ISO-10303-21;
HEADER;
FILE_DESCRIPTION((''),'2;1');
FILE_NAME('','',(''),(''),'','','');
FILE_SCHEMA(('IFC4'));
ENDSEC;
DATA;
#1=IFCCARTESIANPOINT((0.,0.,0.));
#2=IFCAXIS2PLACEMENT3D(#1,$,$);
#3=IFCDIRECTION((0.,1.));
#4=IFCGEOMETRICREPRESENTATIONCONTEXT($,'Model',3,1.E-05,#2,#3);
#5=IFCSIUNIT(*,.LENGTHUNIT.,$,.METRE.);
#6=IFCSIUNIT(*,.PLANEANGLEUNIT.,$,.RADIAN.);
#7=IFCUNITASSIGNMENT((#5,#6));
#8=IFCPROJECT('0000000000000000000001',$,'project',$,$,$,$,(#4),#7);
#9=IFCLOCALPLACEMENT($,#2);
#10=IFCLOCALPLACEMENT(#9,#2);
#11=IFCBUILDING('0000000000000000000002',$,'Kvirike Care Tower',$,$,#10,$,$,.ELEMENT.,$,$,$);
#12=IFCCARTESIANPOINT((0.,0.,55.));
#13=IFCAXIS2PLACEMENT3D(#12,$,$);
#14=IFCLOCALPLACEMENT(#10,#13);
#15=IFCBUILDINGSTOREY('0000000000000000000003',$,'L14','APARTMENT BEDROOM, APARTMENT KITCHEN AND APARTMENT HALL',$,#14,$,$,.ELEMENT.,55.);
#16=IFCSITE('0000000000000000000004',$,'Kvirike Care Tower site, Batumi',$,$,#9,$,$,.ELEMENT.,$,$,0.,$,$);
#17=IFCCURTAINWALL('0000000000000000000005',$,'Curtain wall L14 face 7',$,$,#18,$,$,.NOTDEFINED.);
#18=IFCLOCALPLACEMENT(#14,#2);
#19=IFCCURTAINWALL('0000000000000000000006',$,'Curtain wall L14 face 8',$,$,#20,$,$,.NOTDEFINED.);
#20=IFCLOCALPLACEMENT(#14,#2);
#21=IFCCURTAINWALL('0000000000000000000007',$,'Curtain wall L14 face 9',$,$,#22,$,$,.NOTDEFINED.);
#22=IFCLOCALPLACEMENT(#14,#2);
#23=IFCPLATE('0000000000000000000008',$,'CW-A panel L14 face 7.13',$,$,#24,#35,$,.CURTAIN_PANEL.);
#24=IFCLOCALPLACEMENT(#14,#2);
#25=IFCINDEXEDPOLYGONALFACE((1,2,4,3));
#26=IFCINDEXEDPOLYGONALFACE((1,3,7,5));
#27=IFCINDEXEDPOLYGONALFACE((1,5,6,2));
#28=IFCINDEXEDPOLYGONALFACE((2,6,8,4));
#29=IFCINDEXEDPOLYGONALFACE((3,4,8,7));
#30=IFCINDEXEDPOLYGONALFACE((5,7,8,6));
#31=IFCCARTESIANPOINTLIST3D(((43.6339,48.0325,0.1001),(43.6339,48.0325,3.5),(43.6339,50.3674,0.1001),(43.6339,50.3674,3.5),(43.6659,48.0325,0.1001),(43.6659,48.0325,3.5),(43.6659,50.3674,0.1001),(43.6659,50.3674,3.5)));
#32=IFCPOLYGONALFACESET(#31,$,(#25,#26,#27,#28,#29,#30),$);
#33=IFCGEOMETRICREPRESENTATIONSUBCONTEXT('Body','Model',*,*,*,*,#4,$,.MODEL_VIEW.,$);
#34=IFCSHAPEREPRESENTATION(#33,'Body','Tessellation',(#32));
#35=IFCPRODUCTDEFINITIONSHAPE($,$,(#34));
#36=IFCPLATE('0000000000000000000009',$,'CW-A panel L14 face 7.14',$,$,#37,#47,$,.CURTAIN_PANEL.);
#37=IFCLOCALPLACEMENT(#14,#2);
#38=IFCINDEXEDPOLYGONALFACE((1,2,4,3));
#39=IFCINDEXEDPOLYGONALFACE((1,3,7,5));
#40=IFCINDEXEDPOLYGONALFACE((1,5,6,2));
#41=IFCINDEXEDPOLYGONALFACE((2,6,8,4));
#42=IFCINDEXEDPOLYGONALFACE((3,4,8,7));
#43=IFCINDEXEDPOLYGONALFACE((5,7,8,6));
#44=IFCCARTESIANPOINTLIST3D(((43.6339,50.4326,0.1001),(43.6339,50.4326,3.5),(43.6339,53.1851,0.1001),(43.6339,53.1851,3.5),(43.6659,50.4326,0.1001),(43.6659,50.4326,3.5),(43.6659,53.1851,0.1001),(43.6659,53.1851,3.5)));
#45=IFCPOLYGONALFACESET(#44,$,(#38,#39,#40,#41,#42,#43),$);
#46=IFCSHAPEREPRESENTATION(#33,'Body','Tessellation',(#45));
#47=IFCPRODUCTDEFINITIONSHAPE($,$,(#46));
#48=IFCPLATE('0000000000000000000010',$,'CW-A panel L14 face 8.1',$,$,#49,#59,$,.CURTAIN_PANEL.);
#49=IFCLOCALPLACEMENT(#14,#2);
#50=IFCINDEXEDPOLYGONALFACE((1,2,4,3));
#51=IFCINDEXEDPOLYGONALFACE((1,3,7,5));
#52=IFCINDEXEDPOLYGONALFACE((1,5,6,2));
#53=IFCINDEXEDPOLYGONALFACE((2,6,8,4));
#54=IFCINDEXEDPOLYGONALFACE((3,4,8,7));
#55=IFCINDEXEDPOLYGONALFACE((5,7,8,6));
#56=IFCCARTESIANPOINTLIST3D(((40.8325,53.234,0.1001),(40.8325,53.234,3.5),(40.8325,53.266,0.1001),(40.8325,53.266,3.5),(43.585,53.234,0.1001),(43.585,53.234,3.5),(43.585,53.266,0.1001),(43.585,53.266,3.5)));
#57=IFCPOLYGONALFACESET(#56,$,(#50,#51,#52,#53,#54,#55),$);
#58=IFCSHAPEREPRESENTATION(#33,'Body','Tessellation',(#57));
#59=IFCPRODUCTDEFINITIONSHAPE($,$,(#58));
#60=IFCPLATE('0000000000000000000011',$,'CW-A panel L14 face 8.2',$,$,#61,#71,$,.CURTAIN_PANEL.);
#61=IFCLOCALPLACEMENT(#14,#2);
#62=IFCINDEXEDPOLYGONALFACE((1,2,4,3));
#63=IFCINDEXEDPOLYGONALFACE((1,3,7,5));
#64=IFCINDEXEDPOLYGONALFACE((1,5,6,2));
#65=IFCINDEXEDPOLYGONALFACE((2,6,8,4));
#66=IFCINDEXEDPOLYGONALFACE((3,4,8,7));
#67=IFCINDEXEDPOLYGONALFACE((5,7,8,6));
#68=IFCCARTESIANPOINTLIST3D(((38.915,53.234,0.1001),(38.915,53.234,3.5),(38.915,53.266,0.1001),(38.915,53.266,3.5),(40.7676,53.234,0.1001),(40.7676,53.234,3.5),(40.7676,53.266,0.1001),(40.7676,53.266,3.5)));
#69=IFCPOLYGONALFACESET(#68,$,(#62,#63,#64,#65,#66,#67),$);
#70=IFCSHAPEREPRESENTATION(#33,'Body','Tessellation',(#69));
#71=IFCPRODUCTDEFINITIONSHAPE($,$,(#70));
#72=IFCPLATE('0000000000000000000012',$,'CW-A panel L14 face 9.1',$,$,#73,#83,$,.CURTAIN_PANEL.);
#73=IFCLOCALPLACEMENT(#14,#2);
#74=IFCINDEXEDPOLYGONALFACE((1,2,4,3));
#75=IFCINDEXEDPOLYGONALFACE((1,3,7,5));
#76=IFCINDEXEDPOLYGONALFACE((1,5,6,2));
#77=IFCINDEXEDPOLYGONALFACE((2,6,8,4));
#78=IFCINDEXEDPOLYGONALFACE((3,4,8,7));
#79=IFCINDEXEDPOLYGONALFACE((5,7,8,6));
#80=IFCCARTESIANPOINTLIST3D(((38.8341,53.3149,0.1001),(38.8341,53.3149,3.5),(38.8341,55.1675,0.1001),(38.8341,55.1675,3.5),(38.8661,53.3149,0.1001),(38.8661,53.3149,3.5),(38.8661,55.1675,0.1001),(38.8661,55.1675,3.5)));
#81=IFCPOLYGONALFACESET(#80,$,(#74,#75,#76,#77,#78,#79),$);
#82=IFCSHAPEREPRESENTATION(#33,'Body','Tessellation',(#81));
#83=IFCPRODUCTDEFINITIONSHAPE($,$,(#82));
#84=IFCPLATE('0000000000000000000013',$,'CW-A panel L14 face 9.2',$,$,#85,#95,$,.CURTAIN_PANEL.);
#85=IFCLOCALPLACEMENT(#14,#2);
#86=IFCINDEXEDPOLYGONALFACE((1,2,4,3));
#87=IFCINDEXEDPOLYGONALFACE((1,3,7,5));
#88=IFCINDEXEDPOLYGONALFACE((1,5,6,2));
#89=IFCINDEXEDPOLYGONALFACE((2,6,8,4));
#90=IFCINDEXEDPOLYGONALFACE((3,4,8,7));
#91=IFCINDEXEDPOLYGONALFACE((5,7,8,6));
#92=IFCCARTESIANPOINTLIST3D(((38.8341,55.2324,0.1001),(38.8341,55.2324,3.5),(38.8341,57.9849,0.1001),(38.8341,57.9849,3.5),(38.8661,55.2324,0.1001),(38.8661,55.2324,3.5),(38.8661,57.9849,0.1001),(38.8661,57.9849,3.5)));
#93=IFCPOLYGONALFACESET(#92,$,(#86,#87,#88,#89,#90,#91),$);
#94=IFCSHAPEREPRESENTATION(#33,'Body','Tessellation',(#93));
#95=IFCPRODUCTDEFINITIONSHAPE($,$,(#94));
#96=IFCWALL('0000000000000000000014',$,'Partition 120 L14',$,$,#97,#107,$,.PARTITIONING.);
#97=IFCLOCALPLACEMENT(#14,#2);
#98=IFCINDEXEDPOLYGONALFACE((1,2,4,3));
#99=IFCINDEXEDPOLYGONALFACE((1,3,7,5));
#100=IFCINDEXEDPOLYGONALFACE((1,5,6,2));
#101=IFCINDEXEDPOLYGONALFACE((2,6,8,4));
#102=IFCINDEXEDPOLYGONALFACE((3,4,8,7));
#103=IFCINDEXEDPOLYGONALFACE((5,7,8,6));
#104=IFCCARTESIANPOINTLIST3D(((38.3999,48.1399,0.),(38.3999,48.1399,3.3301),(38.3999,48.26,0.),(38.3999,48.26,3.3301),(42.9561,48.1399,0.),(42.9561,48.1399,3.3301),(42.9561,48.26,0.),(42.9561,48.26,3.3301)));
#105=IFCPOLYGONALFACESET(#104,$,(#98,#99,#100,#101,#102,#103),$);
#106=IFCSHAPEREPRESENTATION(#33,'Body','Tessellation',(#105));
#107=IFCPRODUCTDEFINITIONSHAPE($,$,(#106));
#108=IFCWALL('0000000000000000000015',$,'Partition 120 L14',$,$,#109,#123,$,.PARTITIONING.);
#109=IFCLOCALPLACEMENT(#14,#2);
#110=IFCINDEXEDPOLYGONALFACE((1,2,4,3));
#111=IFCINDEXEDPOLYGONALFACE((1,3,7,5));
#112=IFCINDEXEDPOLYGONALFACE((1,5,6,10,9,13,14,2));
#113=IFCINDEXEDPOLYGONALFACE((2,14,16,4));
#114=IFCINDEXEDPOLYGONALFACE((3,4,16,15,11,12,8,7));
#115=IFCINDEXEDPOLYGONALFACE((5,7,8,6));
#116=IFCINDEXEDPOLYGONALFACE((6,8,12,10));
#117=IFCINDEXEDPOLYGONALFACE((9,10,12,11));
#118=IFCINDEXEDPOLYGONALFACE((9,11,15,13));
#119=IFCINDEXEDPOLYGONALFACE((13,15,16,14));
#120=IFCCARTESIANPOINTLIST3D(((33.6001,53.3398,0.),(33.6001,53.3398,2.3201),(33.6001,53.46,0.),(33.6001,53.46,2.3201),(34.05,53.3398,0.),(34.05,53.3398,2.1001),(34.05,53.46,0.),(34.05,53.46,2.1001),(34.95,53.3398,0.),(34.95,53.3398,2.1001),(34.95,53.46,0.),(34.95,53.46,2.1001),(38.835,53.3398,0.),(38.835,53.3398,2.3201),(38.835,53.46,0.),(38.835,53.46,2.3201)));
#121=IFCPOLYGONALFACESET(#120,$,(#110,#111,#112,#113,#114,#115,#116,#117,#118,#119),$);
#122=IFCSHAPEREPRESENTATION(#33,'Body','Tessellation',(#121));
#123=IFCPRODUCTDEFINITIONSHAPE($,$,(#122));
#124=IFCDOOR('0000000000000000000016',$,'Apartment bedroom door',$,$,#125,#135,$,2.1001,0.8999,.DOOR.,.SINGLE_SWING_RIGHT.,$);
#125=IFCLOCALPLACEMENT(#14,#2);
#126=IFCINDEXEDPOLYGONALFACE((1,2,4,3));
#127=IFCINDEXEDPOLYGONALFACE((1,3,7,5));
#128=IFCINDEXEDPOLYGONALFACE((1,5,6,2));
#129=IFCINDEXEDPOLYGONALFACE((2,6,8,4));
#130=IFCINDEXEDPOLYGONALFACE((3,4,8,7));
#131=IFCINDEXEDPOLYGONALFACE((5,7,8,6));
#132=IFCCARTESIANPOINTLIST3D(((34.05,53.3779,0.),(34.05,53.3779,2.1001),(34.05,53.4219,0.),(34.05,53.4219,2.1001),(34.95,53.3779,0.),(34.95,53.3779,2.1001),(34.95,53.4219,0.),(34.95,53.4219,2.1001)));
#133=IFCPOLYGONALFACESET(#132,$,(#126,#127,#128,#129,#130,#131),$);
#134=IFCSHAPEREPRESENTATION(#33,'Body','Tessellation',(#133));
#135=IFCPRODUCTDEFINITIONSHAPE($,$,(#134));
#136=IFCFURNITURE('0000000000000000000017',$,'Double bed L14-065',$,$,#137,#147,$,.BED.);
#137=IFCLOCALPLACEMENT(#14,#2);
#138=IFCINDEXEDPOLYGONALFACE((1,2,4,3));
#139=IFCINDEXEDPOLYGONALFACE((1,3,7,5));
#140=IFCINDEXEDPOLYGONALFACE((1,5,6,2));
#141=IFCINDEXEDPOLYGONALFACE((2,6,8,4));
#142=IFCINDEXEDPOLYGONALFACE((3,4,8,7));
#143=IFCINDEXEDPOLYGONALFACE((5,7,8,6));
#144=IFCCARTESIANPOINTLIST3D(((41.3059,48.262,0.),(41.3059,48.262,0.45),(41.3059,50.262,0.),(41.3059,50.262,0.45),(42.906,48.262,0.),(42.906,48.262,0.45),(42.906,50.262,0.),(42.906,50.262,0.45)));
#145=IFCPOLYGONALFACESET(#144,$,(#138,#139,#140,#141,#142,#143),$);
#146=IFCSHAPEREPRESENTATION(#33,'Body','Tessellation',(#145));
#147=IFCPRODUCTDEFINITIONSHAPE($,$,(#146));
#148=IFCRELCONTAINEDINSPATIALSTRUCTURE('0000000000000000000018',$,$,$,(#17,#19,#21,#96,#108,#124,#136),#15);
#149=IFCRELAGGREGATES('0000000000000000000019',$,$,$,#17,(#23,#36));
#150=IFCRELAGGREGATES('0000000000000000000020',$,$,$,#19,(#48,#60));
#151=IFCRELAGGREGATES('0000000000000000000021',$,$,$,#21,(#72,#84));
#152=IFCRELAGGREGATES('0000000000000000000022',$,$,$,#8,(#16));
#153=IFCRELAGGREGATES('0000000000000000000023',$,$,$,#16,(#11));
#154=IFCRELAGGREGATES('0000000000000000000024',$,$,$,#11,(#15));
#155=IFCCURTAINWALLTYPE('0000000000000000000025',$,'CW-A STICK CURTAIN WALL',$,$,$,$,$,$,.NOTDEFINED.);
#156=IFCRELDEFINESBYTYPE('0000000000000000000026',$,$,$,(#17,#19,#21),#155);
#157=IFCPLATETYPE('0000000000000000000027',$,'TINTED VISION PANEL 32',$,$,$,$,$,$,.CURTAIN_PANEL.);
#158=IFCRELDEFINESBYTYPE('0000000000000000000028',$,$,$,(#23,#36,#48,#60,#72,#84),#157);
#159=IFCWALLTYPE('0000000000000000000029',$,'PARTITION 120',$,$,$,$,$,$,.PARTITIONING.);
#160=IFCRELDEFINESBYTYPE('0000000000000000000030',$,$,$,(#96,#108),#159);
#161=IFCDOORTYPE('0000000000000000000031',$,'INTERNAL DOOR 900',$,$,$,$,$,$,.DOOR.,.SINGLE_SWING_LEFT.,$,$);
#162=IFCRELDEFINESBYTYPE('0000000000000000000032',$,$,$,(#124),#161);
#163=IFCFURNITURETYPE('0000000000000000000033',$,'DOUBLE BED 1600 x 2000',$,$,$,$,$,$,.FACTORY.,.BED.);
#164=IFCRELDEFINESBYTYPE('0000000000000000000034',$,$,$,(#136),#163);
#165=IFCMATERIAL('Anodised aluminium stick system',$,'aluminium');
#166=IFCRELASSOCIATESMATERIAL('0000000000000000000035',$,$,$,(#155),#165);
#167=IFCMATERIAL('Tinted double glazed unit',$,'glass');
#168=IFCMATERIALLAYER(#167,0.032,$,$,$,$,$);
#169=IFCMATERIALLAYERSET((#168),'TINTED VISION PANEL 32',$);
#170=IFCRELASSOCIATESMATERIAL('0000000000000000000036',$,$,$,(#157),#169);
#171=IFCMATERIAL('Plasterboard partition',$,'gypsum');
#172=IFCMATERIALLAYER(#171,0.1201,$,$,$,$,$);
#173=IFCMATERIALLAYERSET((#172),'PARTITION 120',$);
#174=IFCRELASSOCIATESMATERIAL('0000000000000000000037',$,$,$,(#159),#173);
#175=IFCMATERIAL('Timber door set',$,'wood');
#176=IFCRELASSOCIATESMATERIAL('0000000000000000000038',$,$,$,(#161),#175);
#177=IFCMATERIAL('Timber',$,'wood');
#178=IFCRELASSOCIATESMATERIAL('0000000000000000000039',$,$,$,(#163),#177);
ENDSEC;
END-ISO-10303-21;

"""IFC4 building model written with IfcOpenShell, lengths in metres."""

from ifc_helpers import new_model, si_unit, direction, frame, frame_2d, origin, origin_2d, place, context, subcontext, project, spatial, rectangle, extrude, material, layer, layer_set, type_object, element, fill, aggregate, save


model = new_model("IFC4")

# Units and contexts
model_context = context("Model", 3, precision=1e-05, world=origin(), true_north=direction((0.0, 1.0)))
body_context = subcontext(model_context, "Body", "Model", "MODEL_VIEW")
ifc_project = project(units=[si_unit("LENGTHUNIT", "METRE"), si_unit("PLANEANGLEUNIT", "RADIAN")], contexts=[model_context])

# Site, building, storey
site_placement = place(None, origin())
site = spatial("IfcSite", under=ifc_project, at=site_placement, Name="Kvirike Care Tower site, Batumi", CompositionType="ELEMENT", RefElevation=0.0)
building_placement = place(site_placement, origin())
building = spatial("IfcBuilding", under=site, at=building_placement, Name="Kvirike Care Tower", CompositionType="ELEMENT")
storey_placement = place(building_placement, frame((0.0, 0.0, 55.0)))
storey = spatial("IfcBuildingStorey", under=building, at=storey_placement, Name="L14", Description="APARTMENT BEDROOM, APARTMENT KITCHEN AND APARTMENT HALL", CompositionType="ELEMENT", Elevation=55.0)

# Curtain walls
ifc_material_1 = material(Name="Anodised aluminium stick system", Category="aluminium")
curtain_wall_type = type_object("IfcCurtainWallType", Name="CW-A STICK CURTAIN WALL", PredefinedType="NOTDEFINED", material=ifc_material_1)
curtain_wall_1_placement = place(storey_placement, origin())
curtain_wall_1 = element("IfcCurtainWall", 1, at=curtain_wall_1_placement, inside=storey, type_object=curtain_wall_type, Name="Curtain wall L14 face 7", PredefinedType="NOTDEFINED")
curtain_wall_2_placement = place(storey_placement, origin())
curtain_wall_2 = element("IfcCurtainWall", 2, at=curtain_wall_2_placement, inside=storey, type_object=curtain_wall_type, Name="Curtain wall L14 face 8", PredefinedType="NOTDEFINED")
curtain_wall_3_placement = place(storey_placement, origin())
curtain_wall_3 = element("IfcCurtainWall", 3, at=curtain_wall_3_placement, inside=storey, type_object=curtain_wall_type, Name="Curtain wall L14 face 9", PredefinedType="NOTDEFINED")

# Plates
ifc_material_2 = material(Name="Tinted double glazed unit", Category="glass")
ifc_layer_1 = layer(ifc_material_2, 0.032)
ifc_layer_set_1 = layer_set([ifc_layer_1], Name="TINTED VISION PANEL 32")
plate_type = type_object("IfcPlateType", Name="TINTED VISION PANEL 32", PredefinedType="CURTAIN_PANEL", material=ifc_layer_set_1)
plate_1_placement = place(storey_placement, frame((43.6499, 49.2, 0.1001), z_axis=(0.0, 0.0, 1.0), x_axis=(0.0, 1.0, 0.0)))
plate_1 = element("IfcPlate", 4, at=plate_1_placement, type_object=plate_type, Name="CW-A panel L14 face 7.13", PredefinedType="CURTAIN_PANEL", context=body_context, shape_type="SweptSolid", body=[
    extrude(rectangle(XDim=2.335, YDim=0.032, at=origin_2d()), origin(), (0.0, 0.0, 1.0), 3.3999),
])
plate_2_placement = place(storey_placement, frame((43.6499, 51.8088, 0.1001), z_axis=(0.0, 0.0, 1.0), x_axis=(0.0, 1.0, 0.0)))
plate_2 = element("IfcPlate", 5, at=plate_2_placement, type_object=plate_type, Name="CW-A panel L14 face 7.14", PredefinedType="CURTAIN_PANEL", context=body_context, shape_type="SweptSolid", body=[
    extrude(rectangle(XDim=2.7524, YDim=0.032, at=origin_2d()), origin(), (0.0, 0.0, 1.0), 3.3999),
])
aggregate(curtain_wall_1, [plate_1, plate_2])
plate_3_placement = place(storey_placement, frame((42.2087, 53.25, 0.1001), z_axis=(0.0, 0.0, 1.0), x_axis=(-1.0, 0.0, 0.0)))
plate_3 = element("IfcPlate", 6, at=plate_3_placement, type_object=plate_type, Name="CW-A panel L14 face 8.1", PredefinedType="CURTAIN_PANEL", context=body_context, shape_type="SweptSolid", body=[
    extrude(rectangle(XDim=2.7524, YDim=0.032, at=origin_2d()), origin(), (0.0, 0.0, 1.0), 3.3999),
])
plate_4_placement = place(storey_placement, frame((39.8413, 53.25, 0.1001), z_axis=(0.0, 0.0, 1.0), x_axis=(-1.0, 0.0, 0.0)))
plate_4 = element("IfcPlate", 7, at=plate_4_placement, type_object=plate_type, Name="CW-A panel L14 face 8.2", PredefinedType="CURTAIN_PANEL", context=body_context, shape_type="SweptSolid", body=[
    extrude(rectangle(XDim=1.8525, YDim=0.032, at=origin_2d()), origin(), (0.0, 0.0, 1.0), 3.3999),
])
aggregate(curtain_wall_2, [plate_3, plate_4])
plate_5_placement = place(storey_placement, frame((38.8501, 54.2412, 0.1001), z_axis=(0.0, 0.0, 1.0), x_axis=(0.0, 1.0, 0.0)))
plate_5 = element("IfcPlate", 8, at=plate_5_placement, type_object=plate_type, Name="CW-A panel L14 face 9.1", PredefinedType="CURTAIN_PANEL", context=body_context, shape_type="SweptSolid", body=[
    extrude(rectangle(XDim=1.8525, YDim=0.032, at=origin_2d()), origin(), (0.0, 0.0, 1.0), 3.3999),
])
plate_6_placement = place(storey_placement, frame((38.8501, 56.6086, 0.1001), z_axis=(0.0, 0.0, 1.0), x_axis=(0.0, 1.0, 0.0)))
plate_6 = element("IfcPlate", 9, at=plate_6_placement, type_object=plate_type, Name="CW-A panel L14 face 9.2", PredefinedType="CURTAIN_PANEL", context=body_context, shape_type="SweptSolid", body=[
    extrude(rectangle(XDim=2.7524, YDim=0.032, at=origin_2d()), origin(), (0.0, 0.0, 1.0), 3.3999),
])
aggregate(curtain_wall_3, [plate_5, plate_6])

# Wall
ifc_material_3 = material(Name="Plasterboard partition", Category="gypsum")
ifc_layer_2 = layer(ifc_material_3, 0.1201)
ifc_layer_set_2 = layer_set([ifc_layer_2], Name="PARTITION 120")
wall_type = type_object("IfcWallType", Name="PARTITION 120", PredefinedType="PARTITIONING", material=ifc_layer_set_2)
wall_1_placement = place(storey_placement, frame((42.9561, 48.2, 0.0), z_axis=(0.0, 0.0, 1.0), x_axis=(-1.0, 0.0, 0.0)))
element("IfcWall", 10, at=wall_1_placement, inside=storey, type_object=wall_type, Name="Partition 120 L14", PredefinedType="PARTITIONING", context=body_context, shape_type="SweptSolid", body=[
    extrude(rectangle(XDim=4.5562, YDim=0.1201, at=frame_2d((2.2781, 0.0))), origin(), (0.0, 0.0, 1.0), 3.3301),
])

# Wall, opening, door
wall_2_placement = place(storey_placement, frame((38.835, 53.3999, 0.0), z_axis=(0.0, 0.0, 1.0), x_axis=(-1.0, 0.0, 0.0)))
wall_2 = element("IfcWall", 11, at=wall_2_placement, inside=storey, type_object=wall_type, Name="Partition 120 L14", PredefinedType="PARTITIONING", context=body_context, shape_type="SweptSolid", body=[
    extrude(rectangle(XDim=5.2349, YDim=0.1201, at=frame_2d((2.6174, 0.0))), origin(), (0.0, 0.0, 1.0), 2.3201),
])
opening_placement = place(wall_2_placement, frame((3.885, 0.0, 0.0)))
opening = element("IfcOpeningElement", 12, at=opening_placement, cuts=wall_2, PredefinedType="OPENING", context=body_context, shape_type="SweptSolid", body=[
    extrude(rectangle(XDim=0.8999, YDim=2.1001, at=frame_2d((0.45, 1.05))), frame((0.0, 0.0706, 0.0), z_axis=(0.0, -1.0, 0.0), x_axis=(1.0, 0.0, 0.0)), (0.0, 0.0, 1.0), 0.1411),
])
ifc_material_4 = material(Name="Timber door set", Category="wood")
door_type = type_object("IfcDoorType", Name="INTERNAL DOOR 900", OperationType="SINGLE_SWING_LEFT", PredefinedType="DOOR", material=ifc_material_4)
door_placement = place(opening_placement, frame((0.8999, 0.0, 0.0), z_axis=(0.0, 0.0, 1.0), x_axis=(-1.0, 0.0, 0.0)))
door = element("IfcDoor", 13, at=door_placement, inside=storey, type_object=door_type, Name="Apartment bedroom door", OperationType="SINGLE_SWING_RIGHT", OverallHeight=2.1001, OverallWidth=0.8999, PredefinedType="DOOR", context=body_context, shape_type="SweptSolid", body=[
    extrude(rectangle(XDim=0.8999, YDim=2.1001, at=frame_2d((0.45, 1.05))), frame((0.0, 0.022, 0.0), z_axis=(0.0, -1.0, 0.0), x_axis=(1.0, 0.0, 0.0)), (0.0, 0.0, 1.0), 0.0439),
])
fill(opening, door)

# Furniture
ifc_material_5 = material(Name="Timber", Category="wood")
furniture_type = type_object("IfcFurnitureType", Name="DOUBLE BED 1600 x 2000", AssemblyPlace="FACTORY", PredefinedType="BED", material=ifc_material_5)
furniture_placement = place(storey_placement, frame((42.106, 49.262, 0.0), z_axis=(0.0, 0.0, 1.0), x_axis=(-1.0, 0.0, 0.0)))
element("IfcFurniture", 14, at=furniture_placement, inside=storey, type_object=furniture_type, Name="Double bed L14-065", PredefinedType="BED", context=body_context, shape_type="SweptSolid", body=[
    extrude(rectangle(XDim=1.6001, YDim=2.0, at=origin_2d()), origin(), (0.0, 0.0, 1.0), 0.45),
])

save(model, "model.ifc")
